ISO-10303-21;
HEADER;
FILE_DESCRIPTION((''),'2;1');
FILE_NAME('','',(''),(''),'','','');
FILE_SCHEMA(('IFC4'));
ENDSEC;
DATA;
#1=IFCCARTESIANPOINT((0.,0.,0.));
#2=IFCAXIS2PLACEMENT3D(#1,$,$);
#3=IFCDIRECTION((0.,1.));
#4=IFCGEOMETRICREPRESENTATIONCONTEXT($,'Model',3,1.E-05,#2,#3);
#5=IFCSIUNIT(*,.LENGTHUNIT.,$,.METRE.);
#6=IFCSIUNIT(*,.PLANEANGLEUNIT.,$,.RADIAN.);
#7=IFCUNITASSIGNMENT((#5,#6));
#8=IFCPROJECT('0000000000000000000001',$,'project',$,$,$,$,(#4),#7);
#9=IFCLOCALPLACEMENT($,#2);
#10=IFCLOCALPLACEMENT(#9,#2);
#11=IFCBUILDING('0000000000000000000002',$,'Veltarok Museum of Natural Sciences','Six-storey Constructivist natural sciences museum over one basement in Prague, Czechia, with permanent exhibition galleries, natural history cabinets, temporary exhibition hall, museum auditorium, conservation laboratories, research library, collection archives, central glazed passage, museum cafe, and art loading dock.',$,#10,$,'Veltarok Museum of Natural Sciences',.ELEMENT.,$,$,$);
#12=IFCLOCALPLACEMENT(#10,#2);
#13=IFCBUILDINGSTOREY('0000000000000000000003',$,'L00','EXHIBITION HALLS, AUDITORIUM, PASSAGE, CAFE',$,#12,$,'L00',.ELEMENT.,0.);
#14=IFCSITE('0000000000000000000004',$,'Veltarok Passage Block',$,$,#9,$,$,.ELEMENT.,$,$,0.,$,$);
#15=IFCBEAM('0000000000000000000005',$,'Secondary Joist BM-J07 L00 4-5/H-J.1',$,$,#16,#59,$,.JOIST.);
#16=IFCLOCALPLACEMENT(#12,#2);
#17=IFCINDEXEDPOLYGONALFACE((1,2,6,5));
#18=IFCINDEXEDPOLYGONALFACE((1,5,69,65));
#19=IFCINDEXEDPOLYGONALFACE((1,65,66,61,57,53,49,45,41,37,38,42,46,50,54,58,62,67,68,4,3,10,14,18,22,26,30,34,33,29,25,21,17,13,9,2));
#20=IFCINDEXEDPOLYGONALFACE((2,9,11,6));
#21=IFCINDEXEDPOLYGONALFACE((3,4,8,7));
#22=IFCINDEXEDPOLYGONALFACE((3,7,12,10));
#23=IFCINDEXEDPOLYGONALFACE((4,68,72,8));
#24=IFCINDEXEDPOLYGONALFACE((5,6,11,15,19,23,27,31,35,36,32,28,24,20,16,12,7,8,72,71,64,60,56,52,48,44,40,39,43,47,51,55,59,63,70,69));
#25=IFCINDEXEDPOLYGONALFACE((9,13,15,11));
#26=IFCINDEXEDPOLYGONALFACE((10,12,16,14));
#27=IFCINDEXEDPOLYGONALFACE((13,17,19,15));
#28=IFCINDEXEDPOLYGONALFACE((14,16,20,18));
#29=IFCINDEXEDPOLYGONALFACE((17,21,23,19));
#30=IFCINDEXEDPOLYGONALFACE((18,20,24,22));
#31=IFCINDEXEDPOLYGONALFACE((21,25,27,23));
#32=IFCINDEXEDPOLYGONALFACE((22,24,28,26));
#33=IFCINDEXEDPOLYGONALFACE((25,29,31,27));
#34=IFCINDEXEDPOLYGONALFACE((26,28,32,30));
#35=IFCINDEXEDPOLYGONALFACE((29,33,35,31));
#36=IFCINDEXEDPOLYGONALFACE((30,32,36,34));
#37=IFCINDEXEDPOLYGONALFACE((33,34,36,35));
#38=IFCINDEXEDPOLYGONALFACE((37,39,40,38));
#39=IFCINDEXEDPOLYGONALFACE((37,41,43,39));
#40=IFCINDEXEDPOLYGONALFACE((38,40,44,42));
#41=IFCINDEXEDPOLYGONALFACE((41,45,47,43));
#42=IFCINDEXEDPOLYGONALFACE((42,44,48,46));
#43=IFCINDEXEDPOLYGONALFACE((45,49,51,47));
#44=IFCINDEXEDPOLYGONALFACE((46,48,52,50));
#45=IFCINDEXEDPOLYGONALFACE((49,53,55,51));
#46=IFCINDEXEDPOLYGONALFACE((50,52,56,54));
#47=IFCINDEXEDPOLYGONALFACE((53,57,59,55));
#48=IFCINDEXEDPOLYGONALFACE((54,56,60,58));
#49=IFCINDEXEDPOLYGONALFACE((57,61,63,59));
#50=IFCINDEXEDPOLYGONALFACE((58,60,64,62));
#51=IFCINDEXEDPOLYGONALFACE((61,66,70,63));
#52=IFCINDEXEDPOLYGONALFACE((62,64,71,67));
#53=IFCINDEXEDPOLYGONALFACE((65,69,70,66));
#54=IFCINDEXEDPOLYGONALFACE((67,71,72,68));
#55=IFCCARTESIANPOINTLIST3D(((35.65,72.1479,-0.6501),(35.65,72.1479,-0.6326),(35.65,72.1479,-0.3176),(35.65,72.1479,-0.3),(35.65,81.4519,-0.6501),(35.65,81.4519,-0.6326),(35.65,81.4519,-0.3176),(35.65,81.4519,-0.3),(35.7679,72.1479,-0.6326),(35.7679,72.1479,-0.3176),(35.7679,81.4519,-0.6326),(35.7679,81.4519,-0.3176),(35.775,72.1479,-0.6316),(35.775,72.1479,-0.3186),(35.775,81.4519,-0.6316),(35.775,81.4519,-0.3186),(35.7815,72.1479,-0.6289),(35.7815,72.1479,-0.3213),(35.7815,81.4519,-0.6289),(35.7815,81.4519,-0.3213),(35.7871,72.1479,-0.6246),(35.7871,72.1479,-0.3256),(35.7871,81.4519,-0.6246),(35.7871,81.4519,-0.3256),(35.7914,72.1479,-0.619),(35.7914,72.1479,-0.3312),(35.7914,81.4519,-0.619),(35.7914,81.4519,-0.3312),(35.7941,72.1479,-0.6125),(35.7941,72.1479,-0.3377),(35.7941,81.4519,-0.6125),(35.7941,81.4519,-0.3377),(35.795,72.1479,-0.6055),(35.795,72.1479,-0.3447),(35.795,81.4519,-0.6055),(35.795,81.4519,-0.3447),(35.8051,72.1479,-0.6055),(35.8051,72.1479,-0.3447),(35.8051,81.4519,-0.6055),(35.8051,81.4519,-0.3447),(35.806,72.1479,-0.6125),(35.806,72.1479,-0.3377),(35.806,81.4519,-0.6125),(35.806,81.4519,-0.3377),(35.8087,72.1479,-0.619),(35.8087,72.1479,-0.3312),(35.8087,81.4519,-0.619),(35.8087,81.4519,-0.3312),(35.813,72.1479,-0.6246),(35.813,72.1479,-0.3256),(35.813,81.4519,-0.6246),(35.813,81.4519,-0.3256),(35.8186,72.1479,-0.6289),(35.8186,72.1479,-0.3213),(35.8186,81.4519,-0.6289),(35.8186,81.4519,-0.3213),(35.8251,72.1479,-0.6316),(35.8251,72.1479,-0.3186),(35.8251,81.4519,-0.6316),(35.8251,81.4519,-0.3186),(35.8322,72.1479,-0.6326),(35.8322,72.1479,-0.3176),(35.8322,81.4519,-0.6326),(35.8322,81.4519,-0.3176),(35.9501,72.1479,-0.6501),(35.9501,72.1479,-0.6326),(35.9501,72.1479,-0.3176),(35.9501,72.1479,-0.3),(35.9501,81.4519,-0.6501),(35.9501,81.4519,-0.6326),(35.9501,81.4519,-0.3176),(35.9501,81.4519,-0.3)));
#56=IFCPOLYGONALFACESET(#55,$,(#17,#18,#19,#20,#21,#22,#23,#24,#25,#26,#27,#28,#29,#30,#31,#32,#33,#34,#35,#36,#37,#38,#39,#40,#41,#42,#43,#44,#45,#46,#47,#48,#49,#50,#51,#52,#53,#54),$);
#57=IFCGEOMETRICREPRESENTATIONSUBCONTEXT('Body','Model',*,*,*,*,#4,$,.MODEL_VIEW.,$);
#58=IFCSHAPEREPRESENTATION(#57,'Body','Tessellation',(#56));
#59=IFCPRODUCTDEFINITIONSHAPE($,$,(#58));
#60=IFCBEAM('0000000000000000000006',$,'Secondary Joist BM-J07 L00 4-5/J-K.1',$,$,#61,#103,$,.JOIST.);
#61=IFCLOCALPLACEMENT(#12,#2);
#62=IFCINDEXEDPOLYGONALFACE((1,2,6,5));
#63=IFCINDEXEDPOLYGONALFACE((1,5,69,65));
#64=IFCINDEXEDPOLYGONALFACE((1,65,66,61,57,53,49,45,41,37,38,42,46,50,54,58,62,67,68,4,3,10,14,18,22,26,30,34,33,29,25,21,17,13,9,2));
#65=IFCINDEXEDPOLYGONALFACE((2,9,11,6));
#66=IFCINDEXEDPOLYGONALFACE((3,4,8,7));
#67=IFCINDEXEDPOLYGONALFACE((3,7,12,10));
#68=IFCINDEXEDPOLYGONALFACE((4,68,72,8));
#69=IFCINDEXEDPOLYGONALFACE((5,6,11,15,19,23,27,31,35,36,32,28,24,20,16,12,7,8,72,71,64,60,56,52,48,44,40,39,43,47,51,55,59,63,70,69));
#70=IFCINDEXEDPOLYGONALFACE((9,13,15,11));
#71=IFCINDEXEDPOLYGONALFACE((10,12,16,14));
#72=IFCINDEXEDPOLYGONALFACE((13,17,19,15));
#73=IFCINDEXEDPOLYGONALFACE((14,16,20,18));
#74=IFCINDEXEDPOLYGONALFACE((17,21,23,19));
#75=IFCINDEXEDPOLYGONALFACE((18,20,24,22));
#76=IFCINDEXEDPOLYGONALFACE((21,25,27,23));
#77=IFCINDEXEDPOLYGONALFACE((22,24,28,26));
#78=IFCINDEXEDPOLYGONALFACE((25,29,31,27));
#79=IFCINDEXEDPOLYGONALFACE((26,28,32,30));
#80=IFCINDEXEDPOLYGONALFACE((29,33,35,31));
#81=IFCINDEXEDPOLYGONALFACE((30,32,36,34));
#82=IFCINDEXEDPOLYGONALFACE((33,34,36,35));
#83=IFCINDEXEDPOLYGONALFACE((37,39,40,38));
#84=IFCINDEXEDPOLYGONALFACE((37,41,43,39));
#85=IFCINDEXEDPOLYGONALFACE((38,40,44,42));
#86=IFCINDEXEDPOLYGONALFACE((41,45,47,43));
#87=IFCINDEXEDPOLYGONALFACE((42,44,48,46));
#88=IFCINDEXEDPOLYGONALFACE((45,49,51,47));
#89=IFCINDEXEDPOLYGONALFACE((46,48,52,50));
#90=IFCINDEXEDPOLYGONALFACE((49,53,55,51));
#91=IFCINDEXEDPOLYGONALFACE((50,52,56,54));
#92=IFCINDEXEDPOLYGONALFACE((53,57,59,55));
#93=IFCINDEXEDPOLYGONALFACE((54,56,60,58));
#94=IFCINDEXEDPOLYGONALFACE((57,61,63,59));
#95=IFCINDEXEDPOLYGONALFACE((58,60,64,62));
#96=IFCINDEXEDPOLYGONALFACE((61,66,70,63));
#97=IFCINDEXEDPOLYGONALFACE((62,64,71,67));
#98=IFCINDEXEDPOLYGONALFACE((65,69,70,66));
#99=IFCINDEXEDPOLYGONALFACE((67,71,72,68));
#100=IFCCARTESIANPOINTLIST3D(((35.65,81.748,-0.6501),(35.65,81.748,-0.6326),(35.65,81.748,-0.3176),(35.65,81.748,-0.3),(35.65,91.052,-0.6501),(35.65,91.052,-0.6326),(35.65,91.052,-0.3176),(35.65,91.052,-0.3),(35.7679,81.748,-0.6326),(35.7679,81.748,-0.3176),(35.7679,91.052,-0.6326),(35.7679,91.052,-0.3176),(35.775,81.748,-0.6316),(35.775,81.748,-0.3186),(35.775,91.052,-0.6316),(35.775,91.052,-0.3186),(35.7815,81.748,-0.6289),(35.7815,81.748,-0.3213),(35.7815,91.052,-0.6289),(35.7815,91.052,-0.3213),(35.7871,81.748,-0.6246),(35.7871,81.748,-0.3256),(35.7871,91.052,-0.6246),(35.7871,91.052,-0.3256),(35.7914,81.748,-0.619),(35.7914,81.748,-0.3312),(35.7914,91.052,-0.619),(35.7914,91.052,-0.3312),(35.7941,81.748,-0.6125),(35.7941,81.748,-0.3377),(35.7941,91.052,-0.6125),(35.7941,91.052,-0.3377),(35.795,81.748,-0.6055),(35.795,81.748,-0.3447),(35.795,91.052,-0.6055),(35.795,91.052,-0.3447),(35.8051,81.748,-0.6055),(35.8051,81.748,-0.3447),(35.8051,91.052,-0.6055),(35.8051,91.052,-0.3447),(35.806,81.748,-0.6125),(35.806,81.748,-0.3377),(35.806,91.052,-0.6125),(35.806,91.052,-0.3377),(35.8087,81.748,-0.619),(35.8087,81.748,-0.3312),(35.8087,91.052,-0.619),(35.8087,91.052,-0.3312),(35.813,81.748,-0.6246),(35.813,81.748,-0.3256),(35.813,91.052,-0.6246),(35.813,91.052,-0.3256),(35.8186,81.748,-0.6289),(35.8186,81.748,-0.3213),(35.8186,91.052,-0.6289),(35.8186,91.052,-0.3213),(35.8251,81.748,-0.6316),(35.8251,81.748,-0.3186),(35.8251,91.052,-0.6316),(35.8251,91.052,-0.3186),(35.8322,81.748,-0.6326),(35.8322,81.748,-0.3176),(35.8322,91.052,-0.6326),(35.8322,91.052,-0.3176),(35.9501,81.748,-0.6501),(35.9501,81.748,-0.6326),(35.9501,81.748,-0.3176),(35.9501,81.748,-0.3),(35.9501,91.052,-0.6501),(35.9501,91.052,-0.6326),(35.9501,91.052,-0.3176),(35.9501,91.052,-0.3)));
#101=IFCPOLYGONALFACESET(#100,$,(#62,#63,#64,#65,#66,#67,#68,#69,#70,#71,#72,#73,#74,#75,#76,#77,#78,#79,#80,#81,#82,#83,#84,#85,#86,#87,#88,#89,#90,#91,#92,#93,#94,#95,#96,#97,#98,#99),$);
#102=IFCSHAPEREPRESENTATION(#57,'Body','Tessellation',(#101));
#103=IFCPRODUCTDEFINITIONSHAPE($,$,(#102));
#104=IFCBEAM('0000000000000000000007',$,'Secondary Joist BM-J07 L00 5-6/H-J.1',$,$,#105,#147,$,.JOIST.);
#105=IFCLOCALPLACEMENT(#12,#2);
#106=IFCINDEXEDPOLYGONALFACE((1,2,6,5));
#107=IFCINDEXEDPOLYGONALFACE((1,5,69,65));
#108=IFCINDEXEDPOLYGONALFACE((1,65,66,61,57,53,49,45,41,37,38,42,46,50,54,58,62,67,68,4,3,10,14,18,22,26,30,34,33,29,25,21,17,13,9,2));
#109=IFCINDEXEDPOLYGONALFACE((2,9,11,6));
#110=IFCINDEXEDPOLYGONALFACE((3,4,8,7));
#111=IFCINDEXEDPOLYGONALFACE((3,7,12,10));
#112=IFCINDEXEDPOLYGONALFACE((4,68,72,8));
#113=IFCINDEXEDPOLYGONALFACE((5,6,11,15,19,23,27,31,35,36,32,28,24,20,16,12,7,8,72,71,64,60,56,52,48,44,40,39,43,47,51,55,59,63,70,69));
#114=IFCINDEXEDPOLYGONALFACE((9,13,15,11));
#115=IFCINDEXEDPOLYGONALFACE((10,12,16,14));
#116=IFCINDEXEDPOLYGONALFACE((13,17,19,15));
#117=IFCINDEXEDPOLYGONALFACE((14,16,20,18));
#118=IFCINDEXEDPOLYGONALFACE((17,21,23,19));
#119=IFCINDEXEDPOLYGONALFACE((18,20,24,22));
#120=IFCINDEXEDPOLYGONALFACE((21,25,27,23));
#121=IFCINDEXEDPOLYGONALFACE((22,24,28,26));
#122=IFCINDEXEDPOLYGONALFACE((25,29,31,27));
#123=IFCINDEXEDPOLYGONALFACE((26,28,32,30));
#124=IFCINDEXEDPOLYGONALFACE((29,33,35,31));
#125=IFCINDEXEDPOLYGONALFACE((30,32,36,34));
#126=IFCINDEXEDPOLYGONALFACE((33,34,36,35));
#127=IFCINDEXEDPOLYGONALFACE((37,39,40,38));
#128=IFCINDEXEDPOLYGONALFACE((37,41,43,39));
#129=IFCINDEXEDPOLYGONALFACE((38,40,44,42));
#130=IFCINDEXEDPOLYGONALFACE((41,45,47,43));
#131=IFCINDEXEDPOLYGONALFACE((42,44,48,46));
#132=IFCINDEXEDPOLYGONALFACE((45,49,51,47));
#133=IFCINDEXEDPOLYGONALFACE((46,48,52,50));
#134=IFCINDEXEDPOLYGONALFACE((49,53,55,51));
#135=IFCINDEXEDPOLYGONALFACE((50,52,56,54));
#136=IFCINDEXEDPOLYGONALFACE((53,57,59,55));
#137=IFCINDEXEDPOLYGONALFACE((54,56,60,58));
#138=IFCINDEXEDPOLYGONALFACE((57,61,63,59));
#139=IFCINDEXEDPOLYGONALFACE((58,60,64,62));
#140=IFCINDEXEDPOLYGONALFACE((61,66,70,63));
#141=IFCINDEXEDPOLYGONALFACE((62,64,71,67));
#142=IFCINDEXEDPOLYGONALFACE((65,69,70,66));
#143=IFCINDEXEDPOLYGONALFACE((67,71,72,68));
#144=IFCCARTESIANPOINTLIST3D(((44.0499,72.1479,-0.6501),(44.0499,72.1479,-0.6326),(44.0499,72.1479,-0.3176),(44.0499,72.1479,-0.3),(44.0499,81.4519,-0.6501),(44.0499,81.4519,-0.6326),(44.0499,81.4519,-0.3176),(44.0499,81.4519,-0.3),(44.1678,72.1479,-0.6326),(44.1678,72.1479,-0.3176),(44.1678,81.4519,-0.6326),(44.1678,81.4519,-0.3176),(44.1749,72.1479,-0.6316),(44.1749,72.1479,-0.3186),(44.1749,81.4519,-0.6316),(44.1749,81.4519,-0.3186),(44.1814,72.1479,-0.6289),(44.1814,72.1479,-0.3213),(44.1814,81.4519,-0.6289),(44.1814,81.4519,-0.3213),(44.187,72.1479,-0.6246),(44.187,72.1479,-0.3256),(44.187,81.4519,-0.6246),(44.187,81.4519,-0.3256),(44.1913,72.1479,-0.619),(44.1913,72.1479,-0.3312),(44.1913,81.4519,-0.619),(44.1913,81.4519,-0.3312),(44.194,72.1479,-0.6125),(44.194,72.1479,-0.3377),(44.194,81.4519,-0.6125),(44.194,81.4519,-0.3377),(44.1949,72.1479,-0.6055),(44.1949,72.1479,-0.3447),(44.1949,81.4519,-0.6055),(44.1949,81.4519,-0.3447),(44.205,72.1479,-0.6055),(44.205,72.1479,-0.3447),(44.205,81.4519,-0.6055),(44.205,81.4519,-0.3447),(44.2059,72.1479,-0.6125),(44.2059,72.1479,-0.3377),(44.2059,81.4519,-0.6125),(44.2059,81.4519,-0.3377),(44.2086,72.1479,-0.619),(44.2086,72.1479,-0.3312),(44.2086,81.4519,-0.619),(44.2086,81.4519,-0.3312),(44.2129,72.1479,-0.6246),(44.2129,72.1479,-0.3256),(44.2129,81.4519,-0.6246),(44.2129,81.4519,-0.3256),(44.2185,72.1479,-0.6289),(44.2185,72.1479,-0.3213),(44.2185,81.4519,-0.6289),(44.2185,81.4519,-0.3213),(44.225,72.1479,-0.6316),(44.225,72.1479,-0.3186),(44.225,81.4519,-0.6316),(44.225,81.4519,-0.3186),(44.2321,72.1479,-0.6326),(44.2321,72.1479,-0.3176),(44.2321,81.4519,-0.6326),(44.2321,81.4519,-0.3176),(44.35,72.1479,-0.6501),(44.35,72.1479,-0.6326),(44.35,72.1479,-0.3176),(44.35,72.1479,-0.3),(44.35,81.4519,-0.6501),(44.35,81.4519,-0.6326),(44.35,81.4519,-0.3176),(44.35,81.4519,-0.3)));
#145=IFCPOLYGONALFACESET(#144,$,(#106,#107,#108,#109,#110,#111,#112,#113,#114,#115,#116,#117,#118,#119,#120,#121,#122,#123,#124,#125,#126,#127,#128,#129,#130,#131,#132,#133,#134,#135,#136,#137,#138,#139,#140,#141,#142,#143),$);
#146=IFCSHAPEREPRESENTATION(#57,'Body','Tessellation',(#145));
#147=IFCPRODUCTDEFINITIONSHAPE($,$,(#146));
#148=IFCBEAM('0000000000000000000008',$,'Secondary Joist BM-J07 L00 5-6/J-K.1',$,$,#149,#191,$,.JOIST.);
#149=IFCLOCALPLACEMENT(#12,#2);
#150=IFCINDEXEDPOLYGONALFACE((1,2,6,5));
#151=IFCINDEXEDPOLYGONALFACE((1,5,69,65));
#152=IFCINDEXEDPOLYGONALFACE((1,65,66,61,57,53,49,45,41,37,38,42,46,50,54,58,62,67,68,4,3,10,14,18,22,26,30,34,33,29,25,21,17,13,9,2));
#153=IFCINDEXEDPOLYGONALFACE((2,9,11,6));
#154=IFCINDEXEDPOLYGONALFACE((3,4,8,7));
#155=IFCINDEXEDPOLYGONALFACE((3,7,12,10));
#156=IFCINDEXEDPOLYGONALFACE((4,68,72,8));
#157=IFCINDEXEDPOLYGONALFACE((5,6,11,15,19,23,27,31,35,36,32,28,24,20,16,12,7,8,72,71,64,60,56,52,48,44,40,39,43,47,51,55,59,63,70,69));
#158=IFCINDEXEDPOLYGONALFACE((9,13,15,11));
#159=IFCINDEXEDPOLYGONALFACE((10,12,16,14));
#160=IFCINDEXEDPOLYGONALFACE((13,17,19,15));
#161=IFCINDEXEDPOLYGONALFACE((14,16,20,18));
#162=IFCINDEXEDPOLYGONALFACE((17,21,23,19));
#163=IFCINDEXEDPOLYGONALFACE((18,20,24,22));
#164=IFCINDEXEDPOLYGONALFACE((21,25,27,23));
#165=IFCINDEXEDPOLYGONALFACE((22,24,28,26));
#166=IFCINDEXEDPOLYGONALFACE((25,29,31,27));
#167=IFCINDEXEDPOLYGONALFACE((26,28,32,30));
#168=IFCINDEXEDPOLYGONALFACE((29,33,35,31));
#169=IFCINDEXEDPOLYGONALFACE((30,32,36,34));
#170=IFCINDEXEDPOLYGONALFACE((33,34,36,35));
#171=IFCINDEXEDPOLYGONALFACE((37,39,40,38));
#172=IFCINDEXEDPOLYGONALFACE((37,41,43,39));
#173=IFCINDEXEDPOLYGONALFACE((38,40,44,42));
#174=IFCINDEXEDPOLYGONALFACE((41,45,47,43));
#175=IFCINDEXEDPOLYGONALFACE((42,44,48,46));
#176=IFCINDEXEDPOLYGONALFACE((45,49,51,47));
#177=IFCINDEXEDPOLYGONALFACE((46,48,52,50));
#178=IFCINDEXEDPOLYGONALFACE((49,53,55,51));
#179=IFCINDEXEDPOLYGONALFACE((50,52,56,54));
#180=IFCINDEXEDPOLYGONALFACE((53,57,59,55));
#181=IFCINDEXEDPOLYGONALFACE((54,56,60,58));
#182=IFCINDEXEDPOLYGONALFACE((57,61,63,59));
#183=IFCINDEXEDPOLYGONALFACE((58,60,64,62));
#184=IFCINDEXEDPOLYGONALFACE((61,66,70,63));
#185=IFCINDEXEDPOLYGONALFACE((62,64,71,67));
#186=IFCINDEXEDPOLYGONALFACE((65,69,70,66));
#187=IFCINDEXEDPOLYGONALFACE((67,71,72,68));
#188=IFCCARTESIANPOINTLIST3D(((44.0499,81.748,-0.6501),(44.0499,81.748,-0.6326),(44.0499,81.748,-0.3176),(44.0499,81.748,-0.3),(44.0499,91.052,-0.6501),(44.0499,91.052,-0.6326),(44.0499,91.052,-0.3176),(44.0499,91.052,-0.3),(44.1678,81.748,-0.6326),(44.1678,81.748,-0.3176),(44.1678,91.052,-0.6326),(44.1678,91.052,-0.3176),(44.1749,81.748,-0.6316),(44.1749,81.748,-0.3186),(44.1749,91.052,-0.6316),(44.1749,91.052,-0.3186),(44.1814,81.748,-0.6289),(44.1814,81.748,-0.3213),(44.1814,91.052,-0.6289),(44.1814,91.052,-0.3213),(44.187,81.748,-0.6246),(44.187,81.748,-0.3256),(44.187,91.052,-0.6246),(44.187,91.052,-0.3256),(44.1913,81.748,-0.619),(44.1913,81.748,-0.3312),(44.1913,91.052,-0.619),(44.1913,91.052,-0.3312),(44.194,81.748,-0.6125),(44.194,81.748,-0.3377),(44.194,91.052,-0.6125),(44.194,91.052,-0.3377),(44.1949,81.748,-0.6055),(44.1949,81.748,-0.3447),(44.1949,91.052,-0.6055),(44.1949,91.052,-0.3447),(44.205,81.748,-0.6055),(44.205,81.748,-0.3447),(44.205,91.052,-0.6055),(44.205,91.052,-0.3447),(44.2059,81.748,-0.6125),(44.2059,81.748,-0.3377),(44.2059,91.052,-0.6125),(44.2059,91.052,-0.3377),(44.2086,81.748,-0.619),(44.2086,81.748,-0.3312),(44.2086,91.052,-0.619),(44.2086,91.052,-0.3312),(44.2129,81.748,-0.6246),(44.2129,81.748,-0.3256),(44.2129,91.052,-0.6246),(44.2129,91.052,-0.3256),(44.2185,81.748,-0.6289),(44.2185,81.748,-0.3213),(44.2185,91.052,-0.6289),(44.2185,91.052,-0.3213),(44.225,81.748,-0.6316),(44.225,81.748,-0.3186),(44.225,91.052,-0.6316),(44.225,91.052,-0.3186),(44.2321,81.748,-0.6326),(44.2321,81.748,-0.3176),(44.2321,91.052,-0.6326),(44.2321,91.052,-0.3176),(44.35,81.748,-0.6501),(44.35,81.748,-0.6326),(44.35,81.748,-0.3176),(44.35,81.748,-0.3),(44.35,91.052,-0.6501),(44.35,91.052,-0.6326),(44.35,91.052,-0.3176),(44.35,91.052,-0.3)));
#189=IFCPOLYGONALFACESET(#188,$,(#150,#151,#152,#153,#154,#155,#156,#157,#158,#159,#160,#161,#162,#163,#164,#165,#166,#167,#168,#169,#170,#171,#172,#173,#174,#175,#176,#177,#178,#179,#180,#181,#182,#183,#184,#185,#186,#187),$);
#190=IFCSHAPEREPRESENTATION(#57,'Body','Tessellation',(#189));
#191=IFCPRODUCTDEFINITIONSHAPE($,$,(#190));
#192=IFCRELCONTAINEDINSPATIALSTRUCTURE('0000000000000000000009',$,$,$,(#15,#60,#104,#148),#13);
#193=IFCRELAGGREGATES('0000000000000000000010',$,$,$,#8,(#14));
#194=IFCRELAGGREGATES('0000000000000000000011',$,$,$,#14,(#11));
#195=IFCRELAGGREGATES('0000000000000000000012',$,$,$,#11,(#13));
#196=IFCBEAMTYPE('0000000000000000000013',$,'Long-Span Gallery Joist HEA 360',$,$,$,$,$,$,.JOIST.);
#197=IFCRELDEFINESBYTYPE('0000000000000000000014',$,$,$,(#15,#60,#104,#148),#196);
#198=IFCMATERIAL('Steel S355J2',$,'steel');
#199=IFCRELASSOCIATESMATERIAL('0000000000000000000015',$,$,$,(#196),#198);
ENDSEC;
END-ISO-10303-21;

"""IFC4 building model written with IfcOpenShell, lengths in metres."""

from ifc_helpers import new_model, si_unit, direction, frame, origin, origin_2d, place, context, subcontext, project, spatial, i_section, extrude, material, material_profile, profile_set, type_object, element, save


model = new_model("IFC4")

# Units and contexts
model_context = context("Model", 3, precision=1e-05, world=origin(), true_north=direction((0.0, 1.0)))
body_context = subcontext(model_context, "Body", "Model", "MODEL_VIEW")
ifc_project = project(units=[si_unit("LENGTHUNIT", "METRE"), si_unit("PLANEANGLEUNIT", "RADIAN")], contexts=[model_context])

# Site, building, storey
site_placement = place(None, origin())
site = spatial("IfcSite", under=ifc_project, at=site_placement, Name="Veltarok Passage Block", CompositionType="ELEMENT", RefElevation=0.0)
building_placement = place(site_placement, origin())
building = spatial("IfcBuilding", under=site, at=building_placement, Name="Veltarok Museum of Natural Sciences", Description="Six-storey Constructivist natural sciences museum over one basement in Prague, Czechia, with permanent exhibition galleries, natural history cabinets, temporary exhibition hall, museum auditorium, conservation laboratories, research library, collection archives, central glazed passage, museum cafe, and art loading dock.", LongName="Veltarok Museum of Natural Sciences", CompositionType="ELEMENT")
storey_placement = place(building_placement, origin())
storey = spatial("IfcBuildingStorey", under=building, at=storey_placement, Name="L00", Description="EXHIBITION HALLS, AUDITORIUM, PASSAGE, CAFE", LongName="L00", CompositionType="ELEMENT", Elevation=0.0)

# Shared definitions
ifc_material_1 = material(Name="Steel S355J2", Category="steel")

# Beams
ifc_material_profile_1 = material_profile(ifc_material_1, i_section(OverallWidth=0.3, OverallDepth=0.3501, WebThickness=0.01, FlangeThickness=0.0176, FilletRadius=0.0271, at=origin_2d()), Name="HEA 360")
ifc_profile_set_1 = profile_set([ifc_material_profile_1], Name="Steel S355J2")
beam_type_1 = type_object("IfcBeamType", Name="Long-Span Gallery Joist HEA 360", PredefinedType="JOIST", material=ifc_profile_set_1)
for number, where, z_axis, x_axis, name in (
    (1, (35.8, 72.1479, -0.4751), (0.0, 1.0, 0.0), (-1.0, 0.0, 0.0), "Secondary Joist BM-J07 L00 4-5/H-J.1"),
    (2, (35.8, 81.748, -0.4751), (0.0, 1.0, 0.0), (-1.0, 0.0, 0.0), "Secondary Joist BM-J07 L00 4-5/J-K.1"),
    (3, (44.2, 72.1479, -0.4751), (0.0, 1.0, 0.0), (-1.0, 0.0, 0.0), "Secondary Joist BM-J07 L00 5-6/H-J.1"),
    (4, (44.2, 81.748, -0.4751), (0.0, 1.0, 0.0), (-1.0, 0.0, 0.0), "Secondary Joist BM-J07 L00 5-6/J-K.1"),
):
    element("IfcBeam", number, at=place(storey_placement, frame(where, z_axis=z_axis, x_axis=x_axis)), inside=storey, type_object=beam_type_1, Name=name, PredefinedType="JOIST", context=body_context, shape_type="SweptSolid", body=[
        extrude(i_section(OverallWidth=0.3, OverallDepth=0.3501, WebThickness=0.01, FlangeThickness=0.0176, FilletRadius=0.0271, at=origin_2d()), origin(), (0.0, 0.0, 1.0), 9.304),
    ])

save(model, "model.ifc")
